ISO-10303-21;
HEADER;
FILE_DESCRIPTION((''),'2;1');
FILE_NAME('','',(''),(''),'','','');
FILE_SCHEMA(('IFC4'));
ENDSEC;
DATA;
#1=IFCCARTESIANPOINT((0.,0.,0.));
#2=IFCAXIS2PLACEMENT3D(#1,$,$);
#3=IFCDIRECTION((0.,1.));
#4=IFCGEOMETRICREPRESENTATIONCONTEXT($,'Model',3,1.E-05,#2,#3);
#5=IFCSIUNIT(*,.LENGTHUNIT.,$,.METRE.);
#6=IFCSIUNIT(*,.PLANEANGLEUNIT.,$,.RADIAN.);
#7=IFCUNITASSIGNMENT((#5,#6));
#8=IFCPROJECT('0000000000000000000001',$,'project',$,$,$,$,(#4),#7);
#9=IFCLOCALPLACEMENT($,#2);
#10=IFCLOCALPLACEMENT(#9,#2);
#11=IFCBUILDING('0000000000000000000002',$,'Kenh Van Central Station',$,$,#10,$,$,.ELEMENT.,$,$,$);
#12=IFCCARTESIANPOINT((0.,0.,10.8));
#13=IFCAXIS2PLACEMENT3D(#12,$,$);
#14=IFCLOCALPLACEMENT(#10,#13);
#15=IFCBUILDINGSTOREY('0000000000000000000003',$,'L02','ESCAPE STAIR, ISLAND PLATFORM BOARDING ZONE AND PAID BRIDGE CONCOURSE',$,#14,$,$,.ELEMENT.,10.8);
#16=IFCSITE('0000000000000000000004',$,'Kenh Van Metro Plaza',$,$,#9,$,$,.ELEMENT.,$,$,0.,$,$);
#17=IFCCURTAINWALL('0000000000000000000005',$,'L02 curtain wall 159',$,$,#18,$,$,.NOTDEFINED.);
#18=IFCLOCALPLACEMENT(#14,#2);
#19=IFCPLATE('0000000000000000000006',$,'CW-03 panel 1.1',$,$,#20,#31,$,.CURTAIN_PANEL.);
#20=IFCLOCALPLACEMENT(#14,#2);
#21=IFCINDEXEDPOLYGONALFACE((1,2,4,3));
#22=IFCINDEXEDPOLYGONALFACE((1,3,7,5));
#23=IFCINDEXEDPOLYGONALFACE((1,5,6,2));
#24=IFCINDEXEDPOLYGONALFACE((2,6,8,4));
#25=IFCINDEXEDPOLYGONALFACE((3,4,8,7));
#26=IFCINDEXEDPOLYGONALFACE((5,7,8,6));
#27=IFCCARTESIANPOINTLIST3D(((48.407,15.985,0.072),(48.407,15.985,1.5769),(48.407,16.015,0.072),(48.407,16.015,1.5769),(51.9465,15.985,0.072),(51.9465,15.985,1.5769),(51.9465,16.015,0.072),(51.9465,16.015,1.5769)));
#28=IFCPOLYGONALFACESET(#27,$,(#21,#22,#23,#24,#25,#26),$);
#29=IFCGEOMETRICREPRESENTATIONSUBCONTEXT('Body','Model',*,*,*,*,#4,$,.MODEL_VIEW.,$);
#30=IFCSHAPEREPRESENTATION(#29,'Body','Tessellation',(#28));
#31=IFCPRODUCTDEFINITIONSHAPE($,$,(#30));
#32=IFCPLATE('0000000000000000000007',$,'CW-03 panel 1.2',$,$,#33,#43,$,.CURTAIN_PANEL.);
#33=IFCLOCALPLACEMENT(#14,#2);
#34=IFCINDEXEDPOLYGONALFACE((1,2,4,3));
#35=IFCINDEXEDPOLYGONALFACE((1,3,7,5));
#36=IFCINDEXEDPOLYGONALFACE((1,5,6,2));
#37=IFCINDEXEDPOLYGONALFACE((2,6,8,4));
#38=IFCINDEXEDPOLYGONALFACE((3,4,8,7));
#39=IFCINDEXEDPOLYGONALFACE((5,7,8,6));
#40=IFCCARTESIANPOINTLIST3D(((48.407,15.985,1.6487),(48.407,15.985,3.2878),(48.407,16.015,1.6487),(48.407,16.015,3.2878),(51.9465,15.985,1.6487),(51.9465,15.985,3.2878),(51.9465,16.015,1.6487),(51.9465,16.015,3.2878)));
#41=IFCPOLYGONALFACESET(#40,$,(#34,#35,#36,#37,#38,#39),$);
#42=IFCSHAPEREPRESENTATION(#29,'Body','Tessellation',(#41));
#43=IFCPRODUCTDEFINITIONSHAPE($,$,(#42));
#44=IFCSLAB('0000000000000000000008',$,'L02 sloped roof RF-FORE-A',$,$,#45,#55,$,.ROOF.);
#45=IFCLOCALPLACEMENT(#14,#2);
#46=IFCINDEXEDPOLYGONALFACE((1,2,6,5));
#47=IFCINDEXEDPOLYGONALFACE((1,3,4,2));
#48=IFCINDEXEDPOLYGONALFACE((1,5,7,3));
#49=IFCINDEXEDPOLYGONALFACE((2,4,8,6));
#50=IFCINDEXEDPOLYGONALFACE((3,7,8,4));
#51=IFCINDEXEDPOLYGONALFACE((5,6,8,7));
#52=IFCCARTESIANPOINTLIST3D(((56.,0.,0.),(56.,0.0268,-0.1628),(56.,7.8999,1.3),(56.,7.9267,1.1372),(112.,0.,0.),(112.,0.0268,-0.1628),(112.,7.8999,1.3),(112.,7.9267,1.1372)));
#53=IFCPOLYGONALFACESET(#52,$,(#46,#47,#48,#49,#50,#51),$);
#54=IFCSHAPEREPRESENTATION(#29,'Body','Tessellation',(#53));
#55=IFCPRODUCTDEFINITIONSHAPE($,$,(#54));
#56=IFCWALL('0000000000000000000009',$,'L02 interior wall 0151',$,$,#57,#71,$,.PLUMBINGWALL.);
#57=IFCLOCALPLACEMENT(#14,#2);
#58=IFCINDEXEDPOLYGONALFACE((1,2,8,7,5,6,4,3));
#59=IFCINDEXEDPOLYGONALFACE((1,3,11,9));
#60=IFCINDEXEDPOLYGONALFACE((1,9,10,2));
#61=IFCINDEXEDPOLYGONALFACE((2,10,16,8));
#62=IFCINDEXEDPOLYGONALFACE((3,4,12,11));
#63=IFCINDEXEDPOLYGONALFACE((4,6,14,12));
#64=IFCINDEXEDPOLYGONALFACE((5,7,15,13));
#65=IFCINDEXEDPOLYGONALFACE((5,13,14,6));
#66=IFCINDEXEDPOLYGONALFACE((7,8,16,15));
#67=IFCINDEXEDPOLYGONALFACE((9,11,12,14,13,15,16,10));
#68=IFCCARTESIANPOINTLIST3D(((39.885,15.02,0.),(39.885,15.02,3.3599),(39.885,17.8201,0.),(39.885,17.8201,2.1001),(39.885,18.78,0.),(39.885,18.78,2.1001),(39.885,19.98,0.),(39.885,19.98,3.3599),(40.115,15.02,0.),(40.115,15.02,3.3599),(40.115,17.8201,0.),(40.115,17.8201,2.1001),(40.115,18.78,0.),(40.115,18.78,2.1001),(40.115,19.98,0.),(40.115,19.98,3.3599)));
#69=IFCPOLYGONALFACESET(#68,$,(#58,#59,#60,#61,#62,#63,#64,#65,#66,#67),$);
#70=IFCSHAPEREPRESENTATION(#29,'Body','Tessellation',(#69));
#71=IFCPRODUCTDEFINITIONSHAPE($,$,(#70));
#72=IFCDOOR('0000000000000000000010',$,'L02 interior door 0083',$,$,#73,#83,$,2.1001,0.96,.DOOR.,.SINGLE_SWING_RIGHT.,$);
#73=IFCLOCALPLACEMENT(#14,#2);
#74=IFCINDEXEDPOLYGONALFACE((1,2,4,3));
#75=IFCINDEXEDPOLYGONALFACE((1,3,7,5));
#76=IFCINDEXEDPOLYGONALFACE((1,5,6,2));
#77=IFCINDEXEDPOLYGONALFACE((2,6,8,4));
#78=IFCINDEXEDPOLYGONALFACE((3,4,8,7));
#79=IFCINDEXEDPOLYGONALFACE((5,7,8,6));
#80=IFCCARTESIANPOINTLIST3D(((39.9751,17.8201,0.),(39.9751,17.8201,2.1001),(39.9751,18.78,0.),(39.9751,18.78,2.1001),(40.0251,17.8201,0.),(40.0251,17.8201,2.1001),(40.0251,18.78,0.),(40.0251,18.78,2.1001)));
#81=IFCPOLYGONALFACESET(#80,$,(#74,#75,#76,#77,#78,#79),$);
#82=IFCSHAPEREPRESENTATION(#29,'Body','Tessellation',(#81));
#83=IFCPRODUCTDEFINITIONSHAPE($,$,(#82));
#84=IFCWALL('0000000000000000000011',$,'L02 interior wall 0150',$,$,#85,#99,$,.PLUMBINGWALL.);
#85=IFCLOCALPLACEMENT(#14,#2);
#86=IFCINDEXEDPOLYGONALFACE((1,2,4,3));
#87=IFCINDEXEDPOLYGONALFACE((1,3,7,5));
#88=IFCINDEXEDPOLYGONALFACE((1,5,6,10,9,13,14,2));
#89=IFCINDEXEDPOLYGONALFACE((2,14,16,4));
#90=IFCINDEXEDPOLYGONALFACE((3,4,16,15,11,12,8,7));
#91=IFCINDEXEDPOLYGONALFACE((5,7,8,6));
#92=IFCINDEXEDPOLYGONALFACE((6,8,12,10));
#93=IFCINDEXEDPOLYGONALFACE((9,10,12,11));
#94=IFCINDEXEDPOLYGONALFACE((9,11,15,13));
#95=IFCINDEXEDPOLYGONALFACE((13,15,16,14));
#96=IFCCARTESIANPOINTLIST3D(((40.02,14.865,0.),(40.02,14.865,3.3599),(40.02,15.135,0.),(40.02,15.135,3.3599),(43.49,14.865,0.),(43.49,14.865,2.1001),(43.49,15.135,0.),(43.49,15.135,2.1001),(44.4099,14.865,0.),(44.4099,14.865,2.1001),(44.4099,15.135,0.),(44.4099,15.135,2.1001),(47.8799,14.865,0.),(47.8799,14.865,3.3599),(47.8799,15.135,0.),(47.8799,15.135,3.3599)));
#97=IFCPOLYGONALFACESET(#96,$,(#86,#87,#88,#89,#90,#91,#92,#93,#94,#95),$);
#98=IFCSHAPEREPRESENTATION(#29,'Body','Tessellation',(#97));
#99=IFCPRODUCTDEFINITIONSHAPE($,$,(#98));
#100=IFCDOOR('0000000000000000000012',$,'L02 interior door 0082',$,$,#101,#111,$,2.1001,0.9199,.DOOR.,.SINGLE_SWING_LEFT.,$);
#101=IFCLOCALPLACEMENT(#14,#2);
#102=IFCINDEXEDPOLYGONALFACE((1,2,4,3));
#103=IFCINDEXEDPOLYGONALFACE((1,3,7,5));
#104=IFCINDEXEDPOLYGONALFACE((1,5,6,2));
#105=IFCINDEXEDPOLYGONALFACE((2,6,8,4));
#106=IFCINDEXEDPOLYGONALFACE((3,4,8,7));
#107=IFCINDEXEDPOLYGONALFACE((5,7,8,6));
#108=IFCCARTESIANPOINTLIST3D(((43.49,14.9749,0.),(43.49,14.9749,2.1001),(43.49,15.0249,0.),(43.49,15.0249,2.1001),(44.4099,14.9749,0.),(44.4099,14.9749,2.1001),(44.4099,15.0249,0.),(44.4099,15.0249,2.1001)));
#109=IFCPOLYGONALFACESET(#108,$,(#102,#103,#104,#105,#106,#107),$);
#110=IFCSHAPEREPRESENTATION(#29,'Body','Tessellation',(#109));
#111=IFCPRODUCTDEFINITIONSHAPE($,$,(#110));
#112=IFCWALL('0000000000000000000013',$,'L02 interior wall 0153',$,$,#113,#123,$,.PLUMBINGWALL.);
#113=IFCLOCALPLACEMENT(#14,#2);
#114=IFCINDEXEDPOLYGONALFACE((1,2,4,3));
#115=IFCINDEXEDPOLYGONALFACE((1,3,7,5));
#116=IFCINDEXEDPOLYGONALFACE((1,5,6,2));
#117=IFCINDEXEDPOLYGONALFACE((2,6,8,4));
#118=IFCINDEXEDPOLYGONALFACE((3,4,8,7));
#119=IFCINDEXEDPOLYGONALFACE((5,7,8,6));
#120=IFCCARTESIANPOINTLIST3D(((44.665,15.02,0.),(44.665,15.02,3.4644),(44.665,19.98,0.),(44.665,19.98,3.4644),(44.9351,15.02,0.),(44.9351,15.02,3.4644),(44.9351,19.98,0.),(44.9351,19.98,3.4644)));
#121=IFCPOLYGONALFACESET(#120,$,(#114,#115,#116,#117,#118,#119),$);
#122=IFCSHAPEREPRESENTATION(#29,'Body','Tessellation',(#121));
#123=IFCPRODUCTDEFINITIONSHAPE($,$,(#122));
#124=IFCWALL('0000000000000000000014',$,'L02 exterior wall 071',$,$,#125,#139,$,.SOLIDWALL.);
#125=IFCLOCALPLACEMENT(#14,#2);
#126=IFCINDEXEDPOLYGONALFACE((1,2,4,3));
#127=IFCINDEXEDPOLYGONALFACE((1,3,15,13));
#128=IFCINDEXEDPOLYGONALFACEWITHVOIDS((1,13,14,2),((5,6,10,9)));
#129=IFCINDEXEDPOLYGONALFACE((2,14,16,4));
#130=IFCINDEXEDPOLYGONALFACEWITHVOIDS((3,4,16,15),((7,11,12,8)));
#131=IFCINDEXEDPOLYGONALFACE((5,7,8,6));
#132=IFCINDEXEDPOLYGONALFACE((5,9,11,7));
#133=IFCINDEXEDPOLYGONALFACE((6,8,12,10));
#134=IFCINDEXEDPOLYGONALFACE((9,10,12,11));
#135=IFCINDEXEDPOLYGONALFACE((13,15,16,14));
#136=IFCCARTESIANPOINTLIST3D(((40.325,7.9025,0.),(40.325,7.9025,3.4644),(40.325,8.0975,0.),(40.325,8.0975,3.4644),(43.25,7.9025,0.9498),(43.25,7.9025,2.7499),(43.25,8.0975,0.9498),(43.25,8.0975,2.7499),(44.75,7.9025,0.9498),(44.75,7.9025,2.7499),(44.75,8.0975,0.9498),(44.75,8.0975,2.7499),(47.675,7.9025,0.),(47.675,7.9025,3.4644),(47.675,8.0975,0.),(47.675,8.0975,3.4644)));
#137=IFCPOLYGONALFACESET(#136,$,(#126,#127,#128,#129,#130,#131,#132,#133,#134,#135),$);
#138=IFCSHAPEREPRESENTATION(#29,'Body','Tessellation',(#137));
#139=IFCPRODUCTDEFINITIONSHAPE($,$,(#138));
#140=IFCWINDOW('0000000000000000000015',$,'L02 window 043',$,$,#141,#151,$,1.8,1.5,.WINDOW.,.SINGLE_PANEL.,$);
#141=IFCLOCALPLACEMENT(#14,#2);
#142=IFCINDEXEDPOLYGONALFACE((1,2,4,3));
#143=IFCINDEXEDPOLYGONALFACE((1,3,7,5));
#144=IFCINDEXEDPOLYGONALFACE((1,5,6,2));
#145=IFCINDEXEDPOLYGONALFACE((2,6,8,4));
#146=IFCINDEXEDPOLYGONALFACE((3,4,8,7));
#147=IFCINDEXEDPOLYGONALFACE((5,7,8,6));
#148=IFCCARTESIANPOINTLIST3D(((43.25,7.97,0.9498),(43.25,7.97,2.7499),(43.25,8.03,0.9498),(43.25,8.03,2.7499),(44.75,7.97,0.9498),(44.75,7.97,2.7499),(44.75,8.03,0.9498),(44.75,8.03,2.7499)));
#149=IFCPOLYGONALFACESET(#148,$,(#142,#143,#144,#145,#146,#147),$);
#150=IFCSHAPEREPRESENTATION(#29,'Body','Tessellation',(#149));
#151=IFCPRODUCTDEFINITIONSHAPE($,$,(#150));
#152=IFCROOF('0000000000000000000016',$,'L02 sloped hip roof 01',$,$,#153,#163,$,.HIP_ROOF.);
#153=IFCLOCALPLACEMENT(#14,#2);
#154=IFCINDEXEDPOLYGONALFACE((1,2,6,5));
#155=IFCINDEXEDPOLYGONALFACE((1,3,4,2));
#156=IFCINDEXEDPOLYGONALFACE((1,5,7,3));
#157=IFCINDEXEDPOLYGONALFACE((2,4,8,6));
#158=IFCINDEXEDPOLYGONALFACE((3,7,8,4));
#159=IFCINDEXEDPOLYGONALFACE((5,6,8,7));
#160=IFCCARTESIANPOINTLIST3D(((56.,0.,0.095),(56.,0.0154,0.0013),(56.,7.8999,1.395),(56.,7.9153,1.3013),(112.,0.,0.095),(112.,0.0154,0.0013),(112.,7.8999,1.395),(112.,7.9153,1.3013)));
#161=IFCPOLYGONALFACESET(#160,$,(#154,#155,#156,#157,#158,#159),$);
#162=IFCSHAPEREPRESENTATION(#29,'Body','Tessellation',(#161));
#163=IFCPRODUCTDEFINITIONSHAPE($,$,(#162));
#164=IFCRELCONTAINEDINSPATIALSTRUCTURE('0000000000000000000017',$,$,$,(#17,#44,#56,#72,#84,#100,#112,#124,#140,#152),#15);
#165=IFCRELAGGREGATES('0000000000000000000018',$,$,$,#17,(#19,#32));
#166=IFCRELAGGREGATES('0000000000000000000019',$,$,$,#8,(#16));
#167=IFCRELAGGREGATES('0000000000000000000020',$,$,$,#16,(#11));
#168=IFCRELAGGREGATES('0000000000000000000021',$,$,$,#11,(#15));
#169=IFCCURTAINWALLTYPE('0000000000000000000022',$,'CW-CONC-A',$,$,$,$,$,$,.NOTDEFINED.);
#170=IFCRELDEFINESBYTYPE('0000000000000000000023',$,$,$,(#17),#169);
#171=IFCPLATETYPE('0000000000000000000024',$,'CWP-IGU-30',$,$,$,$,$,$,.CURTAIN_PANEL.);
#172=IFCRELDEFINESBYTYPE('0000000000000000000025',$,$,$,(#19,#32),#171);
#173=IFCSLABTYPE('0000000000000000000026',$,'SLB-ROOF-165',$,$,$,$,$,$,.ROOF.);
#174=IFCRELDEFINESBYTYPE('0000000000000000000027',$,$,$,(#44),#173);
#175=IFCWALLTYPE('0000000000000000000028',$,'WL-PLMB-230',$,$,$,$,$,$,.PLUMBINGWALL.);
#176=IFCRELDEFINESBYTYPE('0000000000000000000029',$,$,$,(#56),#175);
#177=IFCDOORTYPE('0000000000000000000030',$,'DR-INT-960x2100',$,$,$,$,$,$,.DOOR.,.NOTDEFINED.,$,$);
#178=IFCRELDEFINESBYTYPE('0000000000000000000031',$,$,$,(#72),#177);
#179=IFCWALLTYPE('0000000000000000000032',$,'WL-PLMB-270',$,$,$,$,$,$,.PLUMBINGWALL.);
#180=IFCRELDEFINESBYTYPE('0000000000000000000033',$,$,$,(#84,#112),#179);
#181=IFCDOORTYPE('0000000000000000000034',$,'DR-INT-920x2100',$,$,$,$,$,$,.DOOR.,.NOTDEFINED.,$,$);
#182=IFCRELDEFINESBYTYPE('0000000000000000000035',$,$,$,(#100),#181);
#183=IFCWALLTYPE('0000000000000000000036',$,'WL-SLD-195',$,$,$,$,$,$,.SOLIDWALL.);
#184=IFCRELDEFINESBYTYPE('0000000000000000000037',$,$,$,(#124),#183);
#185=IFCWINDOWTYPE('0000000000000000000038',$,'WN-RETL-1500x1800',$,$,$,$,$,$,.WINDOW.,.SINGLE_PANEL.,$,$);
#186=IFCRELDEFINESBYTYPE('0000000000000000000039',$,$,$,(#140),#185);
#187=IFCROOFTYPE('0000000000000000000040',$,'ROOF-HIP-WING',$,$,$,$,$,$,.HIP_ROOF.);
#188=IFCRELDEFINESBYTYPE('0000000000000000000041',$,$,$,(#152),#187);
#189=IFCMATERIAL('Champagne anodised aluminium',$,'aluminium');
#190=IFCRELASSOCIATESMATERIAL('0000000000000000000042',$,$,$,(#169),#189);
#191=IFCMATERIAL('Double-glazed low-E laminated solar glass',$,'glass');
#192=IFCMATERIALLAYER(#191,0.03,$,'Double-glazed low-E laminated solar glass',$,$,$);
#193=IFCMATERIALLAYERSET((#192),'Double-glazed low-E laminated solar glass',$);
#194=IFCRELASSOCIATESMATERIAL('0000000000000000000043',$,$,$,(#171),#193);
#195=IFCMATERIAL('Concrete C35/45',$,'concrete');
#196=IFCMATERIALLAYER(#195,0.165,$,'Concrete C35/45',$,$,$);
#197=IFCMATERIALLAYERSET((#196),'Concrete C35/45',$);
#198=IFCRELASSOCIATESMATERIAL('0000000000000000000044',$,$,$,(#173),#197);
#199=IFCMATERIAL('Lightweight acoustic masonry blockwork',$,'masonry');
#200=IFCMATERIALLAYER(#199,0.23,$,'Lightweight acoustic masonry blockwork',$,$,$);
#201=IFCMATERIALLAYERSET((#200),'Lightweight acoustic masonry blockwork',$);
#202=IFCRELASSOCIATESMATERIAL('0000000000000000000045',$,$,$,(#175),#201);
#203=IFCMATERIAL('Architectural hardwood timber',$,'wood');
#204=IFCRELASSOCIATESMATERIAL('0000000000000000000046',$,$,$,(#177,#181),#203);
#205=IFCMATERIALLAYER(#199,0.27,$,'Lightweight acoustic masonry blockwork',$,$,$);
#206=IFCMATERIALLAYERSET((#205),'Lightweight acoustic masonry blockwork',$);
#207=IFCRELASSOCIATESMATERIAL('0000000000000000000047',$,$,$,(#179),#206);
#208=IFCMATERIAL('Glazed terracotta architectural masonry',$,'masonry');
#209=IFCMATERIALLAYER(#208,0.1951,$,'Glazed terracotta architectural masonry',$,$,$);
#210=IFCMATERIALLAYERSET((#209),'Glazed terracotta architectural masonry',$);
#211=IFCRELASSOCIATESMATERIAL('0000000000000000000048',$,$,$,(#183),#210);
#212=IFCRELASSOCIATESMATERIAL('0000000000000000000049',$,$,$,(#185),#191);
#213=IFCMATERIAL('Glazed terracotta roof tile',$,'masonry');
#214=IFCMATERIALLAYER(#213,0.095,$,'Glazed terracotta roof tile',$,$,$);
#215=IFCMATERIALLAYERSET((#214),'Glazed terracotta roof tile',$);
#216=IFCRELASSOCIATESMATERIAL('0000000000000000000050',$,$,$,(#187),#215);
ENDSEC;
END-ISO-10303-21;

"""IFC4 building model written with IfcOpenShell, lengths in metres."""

from ifc_helpers import new_model, si_unit, direction, frame, frame_2d, origin, origin_2d, place, context, subcontext, project, spatial, polyline, rectangle, outline, extrude, material, layer, layer_set, type_object, element, fill, aggregate, save


model = new_model("IFC4")

# Units and contexts
model_context = context("Model", 3, precision=1e-05, world=origin(), true_north=direction((0.0, 1.0)))
body_context = subcontext(model_context, "Body", "Model", "MODEL_VIEW")
ifc_project = project(units=[si_unit("LENGTHUNIT", "METRE"), si_unit("PLANEANGLEUNIT", "RADIAN")], contexts=[model_context])

# Site, building, storey
site_placement = place(None, origin())
site = spatial("IfcSite", under=ifc_project, at=site_placement, Name="Kenh Van Metro Plaza", CompositionType="ELEMENT", RefElevation=0.0)
building_placement = place(site_placement, origin())
building = spatial("IfcBuilding", under=site, at=building_placement, Name="Kenh Van Central Station", CompositionType="ELEMENT")
storey_placement = place(building_placement, frame((0.0, 0.0, 10.8)))
storey = spatial("IfcBuildingStorey", under=building, at=storey_placement, Name="L02", Description="ESCAPE STAIR, ISLAND PLATFORM BOARDING ZONE AND PAID BRIDGE CONCOURSE", CompositionType="ELEMENT", Elevation=10.8)

# Shared definitions
ifc_material_1 = material(Name="Concrete C35/45", Category="concrete")

# Curtain wall
ifc_material_2 = material(Name="Champagne anodised aluminium", Category="aluminium")
curtain_wall_type = type_object("IfcCurtainWallType", Name="CW-CONC-A", PredefinedType="NOTDEFINED", material=ifc_material_2)
curtain_wall_placement = place(storey_placement, origin())
curtain_wall = element("IfcCurtainWall", 1, at=curtain_wall_placement, inside=storey, type_object=curtain_wall_type, Name="L02 curtain wall 159", PredefinedType="NOTDEFINED")

# Plates
ifc_material_3 = material(Name="Double-glazed low-E laminated solar glass", Category="glass")
ifc_layer_1 = layer(ifc_material_3, 0.03, Name="Double-glazed low-E laminated solar glass")
ifc_layer_set_1 = layer_set([ifc_layer_1], Name="Double-glazed low-E laminated solar glass")
plate_type = type_object("IfcPlateType", Name="CWP-IGU-30", PredefinedType="CURTAIN_PANEL", material=ifc_layer_set_1)
plate_1_placement = place(storey_placement, frame((50.1768, 16.0, 0.072), z_axis=(0.0, 0.0, 1.0), x_axis=(1.0, 0.0, 0.0)))
plate_1 = element("IfcPlate", 2, at=plate_1_placement, type_object=plate_type, Name="CW-03 panel 1.1", PredefinedType="CURTAIN_PANEL", context=body_context, shape_type="SweptSolid", body=[
    extrude(rectangle(XDim=3.5396, YDim=0.03, at=origin_2d()), origin(), (0.0, 0.0, 1.0), 1.5049),
])
plate_2_placement = place(storey_placement, frame((50.1768, 16.0, 1.6487), z_axis=(0.0, 0.0, 1.0), x_axis=(1.0, 0.0, 0.0)))
plate_2 = element("IfcPlate", 3, at=plate_2_placement, type_object=plate_type, Name="CW-03 panel 1.2", PredefinedType="CURTAIN_PANEL", context=body_context, shape_type="SweptSolid", body=[
    extrude(rectangle(XDim=3.5396, YDim=0.03, at=origin_2d()), origin(), (0.0, 0.0, 1.0), 1.6392),
])
aggregate(curtain_wall, [plate_1, plate_2])

# Slab
ifc_layer_2 = layer(ifc_material_1, 0.165, Name="Concrete C35/45")
ifc_layer_set_2 = layer_set([ifc_layer_2], Name="Concrete C35/45")
slab_type = type_object("IfcSlabType", Name="SLB-ROOF-165", PredefinedType="ROOF", material=ifc_layer_set_2)
slab_placement = place(storey_placement, frame((56.0, 0.0, 0.0), z_axis=(0.0, -0.162381, 0.986728), x_axis=(1.0, 0.0, 0.0)))
element("IfcSlab", 4, at=slab_placement, inside=storey, type_object=slab_type, Name="L02 sloped roof RF-FORE-A", PredefinedType="ROOF", context=body_context, shape_type="SweptSolid", body=[
    extrude(outline(polyline([(0.0, 0.0), (56.0, 0.0), (56.0, 8.0062), (0.0, 8.0062), (0.0, 0.0)])), origin(), (0.0, 0.0, -1.0), 0.165),
])

# Walls, openings, doors
ifc_material_4 = material(Name="Lightweight acoustic masonry blockwork", Category="masonry")
ifc_layer_3 = layer(ifc_material_4, 0.23, Name="Lightweight acoustic masonry blockwork")
ifc_layer_set_3 = layer_set([ifc_layer_3], Name="Lightweight acoustic masonry blockwork")
wall_type_1 = type_object("IfcWallType", Name="WL-PLMB-230", PredefinedType="PLUMBINGWALL", material=ifc_layer_set_3)
wall_1_placement = place(storey_placement, frame((40.0, 15.02, 0.0), z_axis=(0.0, 0.0, 1.0), x_axis=(0.0, 1.0, 0.0)))
wall_1 = element("IfcWall", 5, at=wall_1_placement, inside=storey, type_object=wall_type_1, Name="L02 interior wall 0151", PredefinedType="PLUMBINGWALL", context=body_context, shape_type="SweptSolid", body=[
    extrude(rectangle(XDim=4.96, YDim=0.23, at=frame_2d((2.48, 0.0))), origin(), (0.0, 0.0, 1.0), 3.3599),
])
opening_1_placement = place(wall_1_placement, frame((2.8, 0.0, 0.0)))
opening_1 = element("IfcOpeningElement", 6, at=opening_1_placement, cuts=wall_1, PredefinedType="OPENING", context=body_context, shape_type="SweptSolid", body=[
    extrude(rectangle(XDim=0.96, YDim=2.1001, at=frame_2d((0.48, 1.05))), frame((0.0, 0.125, 0.0), z_axis=(0.0, -1.0, 0.0), x_axis=(1.0, 0.0, 0.0)), (0.0, 0.0, 1.0), 0.25),
])
ifc_material_5 = material(Name="Architectural hardwood timber", Category="wood")
door_type_1 = type_object("IfcDoorType", Name="DR-INT-960x2100", OperationType="NOTDEFINED", PredefinedType="DOOR", material=ifc_material_5)
door_1_placement = place(opening_1_placement, origin())
door_1 = element("IfcDoor", 7, at=door_1_placement, inside=storey, type_object=door_type_1, Name="L02 interior door 0083", OperationType="SINGLE_SWING_RIGHT", OverallHeight=2.1001, OverallWidth=0.96, PredefinedType="DOOR", context=body_context, shape_type="SweptSolid", body=[
    extrude(rectangle(XDim=0.96, YDim=2.1001, at=frame_2d((0.48, 1.05))), frame((0.0, 0.0249, 0.0), z_axis=(0.0, -1.0, 0.0), x_axis=(1.0, 0.0, 0.0)), (0.0, 0.0, 1.0), 0.05),
])
fill(opening_1, door_1)
ifc_layer_4 = layer(ifc_material_4, 0.27, Name="Lightweight acoustic masonry blockwork")
ifc_layer_set_4 = layer_set([ifc_layer_4], Name="Lightweight acoustic masonry blockwork")
wall_type_2 = type_object("IfcWallType", Name="WL-PLMB-270", PredefinedType="PLUMBINGWALL", material=ifc_layer_set_4)
wall_2_placement = place(storey_placement, frame((40.02, 15.0, 0.0), z_axis=(0.0, 0.0, 1.0), x_axis=(1.0, 0.0, 0.0)))
wall_2 = element("IfcWall", 8, at=wall_2_placement, inside=storey, type_object=wall_type_2, Name="L02 interior wall 0150", PredefinedType="PLUMBINGWALL", context=body_context, shape_type="SweptSolid", body=[
    extrude(rectangle(XDim=7.8599, YDim=0.27, at=frame_2d((3.9299, 0.0))), origin(), (0.0, 0.0, 1.0), 3.3599),
])
opening_2_placement = place(wall_2_placement, frame((3.47, 0.0, 0.0)))
opening_2 = element("IfcOpeningElement", 9, at=opening_2_placement, cuts=wall_2, PredefinedType="OPENING", context=body_context, shape_type="SweptSolid", body=[
    extrude(rectangle(XDim=0.9199, YDim=2.1001, at=frame_2d((0.46, 1.05))), frame((0.0, 0.145, 0.0), z_axis=(0.0, -1.0, 0.0), x_axis=(1.0, 0.0, 0.0)), (0.0, 0.0, 1.0), 0.29),
])
door_type_2 = type_object("IfcDoorType", Name="DR-INT-920x2100", OperationType="NOTDEFINED", PredefinedType="DOOR", material=ifc_material_5)
door_2_placement = place(opening_2_placement, origin())
door_2 = element("IfcDoor", 10, at=door_2_placement, inside=storey, type_object=door_type_2, Name="L02 interior door 0082", OperationType="SINGLE_SWING_LEFT", OverallHeight=2.1001, OverallWidth=0.9199, PredefinedType="DOOR", context=body_context, shape_type="SweptSolid", body=[
    extrude(rectangle(XDim=0.9199, YDim=2.1001, at=frame_2d((0.46, 1.05))), frame((0.0, 0.0249, 0.0), z_axis=(0.0, -1.0, 0.0), x_axis=(1.0, 0.0, 0.0)), (0.0, 0.0, 1.0), 0.05),
])
fill(opening_2, door_2)

# Wall
wall_3_placement = place(storey_placement, frame((44.8, 15.02, 0.0), z_axis=(0.0, 0.0, 1.0), x_axis=(0.0, 1.0, 0.0)))
element("IfcWall", 11, at=wall_3_placement, inside=storey, type_object=wall_type_2, Name="L02 interior wall 0153", PredefinedType="PLUMBINGWALL", context=body_context, shape_type="SweptSolid", body=[
    extrude(rectangle(XDim=4.96, YDim=0.27, at=frame_2d((2.48, 0.0))), origin(), (0.0, 0.0, 1.0), 3.4644),
])

# Wall, opening, window
ifc_material_6 = material(Name="Glazed terracotta architectural masonry", Category="masonry")
ifc_layer_5 = layer(ifc_material_6, 0.1951, Name="Glazed terracotta architectural masonry")
ifc_layer_set_5 = layer_set([ifc_layer_5], Name="Glazed terracotta architectural masonry")
wall_type_3 = type_object("IfcWallType", Name="WL-SLD-195", PredefinedType="SOLIDWALL", material=ifc_layer_set_5)
wall_4_placement = place(storey_placement, frame((40.325, 8.0, 0.0), z_axis=(0.0, 0.0, 1.0), x_axis=(1.0, 0.0, 0.0)))
wall_4 = element("IfcWall", 12, at=wall_4_placement, inside=storey, type_object=wall_type_3, Name="L02 exterior wall 071", PredefinedType="SOLIDWALL", context=body_context, shape_type="SweptSolid", body=[
    extrude(rectangle(XDim=7.3501, YDim=0.1951, at=frame_2d((3.675, 0.0))), origin(), (0.0, 0.0, 1.0), 3.4644),
])
opening_3_placement = place(wall_4_placement, frame((2.925, 0.0, 0.95)))
opening_3 = element("IfcOpeningElement", 13, at=opening_3_placement, cuts=wall_4, PredefinedType="OPENING", context=body_context, shape_type="SweptSolid", body=[
    extrude(rectangle(XDim=1.5, YDim=1.8, at=frame_2d((0.75, 0.8999))), frame((0.0, 0.1074, 0.0), z_axis=(0.0, -1.0, 0.0), x_axis=(1.0, 0.0, 0.0)), (0.0, 0.0, 1.0), 0.2151),
])
window_type = type_object("IfcWindowType", Name="WN-RETL-1500x1800", PartitioningType="SINGLE_PANEL", PredefinedType="WINDOW", material=ifc_material_3)
window_placement = place(opening_3_placement, origin())
window = element("IfcWindow", 14, at=window_placement, inside=storey, type_object=window_type, Name="L02 window 043", OverallHeight=1.8, OverallWidth=1.5, PartitioningType="SINGLE_PANEL", PredefinedType="WINDOW", context=body_context, shape_type="SweptSolid", body=[
    extrude(rectangle(XDim=1.5, YDim=1.8, at=frame_2d((0.75, 0.8999))), frame((0.0, 0.03, 0.0), z_axis=(0.0, -1.0, 0.0), x_axis=(1.0, 0.0, 0.0)), (0.0, 0.0, 1.0), 0.0601),
])
fill(opening_3, window)

# Roof
ifc_material_7 = material(Name="Glazed terracotta roof tile", Category="masonry")
ifc_layer_6 = layer(ifc_material_7, 0.095, Name="Glazed terracotta roof tile")
ifc_layer_set_6 = layer_set([ifc_layer_6], Name="Glazed terracotta roof tile")
roof_type = type_object("IfcRoofType", Name="ROOF-HIP-WING", PredefinedType="HIP_ROOF", material=ifc_layer_set_6)
roof_placement = place(storey_placement, frame((56.0, 0.0, 0.095), z_axis=(0.0, -0.162381, 0.986728), x_axis=(1.0, 0.0, 0.0)))
element("IfcRoof", 15, at=roof_placement, inside=storey, type_object=roof_type, Name="L02 sloped hip roof 01", PredefinedType="HIP_ROOF", context=body_context, shape_type="SweptSolid", body=[
    extrude(outline(polyline([(0.0, 0.0), (56.0, 0.0), (56.0, 8.0062), (0.0, 8.0062), (0.0, 0.0)])), origin(), (0.0, 0.0, -1.0), 0.095),
])

save(model, "model.ifc")
